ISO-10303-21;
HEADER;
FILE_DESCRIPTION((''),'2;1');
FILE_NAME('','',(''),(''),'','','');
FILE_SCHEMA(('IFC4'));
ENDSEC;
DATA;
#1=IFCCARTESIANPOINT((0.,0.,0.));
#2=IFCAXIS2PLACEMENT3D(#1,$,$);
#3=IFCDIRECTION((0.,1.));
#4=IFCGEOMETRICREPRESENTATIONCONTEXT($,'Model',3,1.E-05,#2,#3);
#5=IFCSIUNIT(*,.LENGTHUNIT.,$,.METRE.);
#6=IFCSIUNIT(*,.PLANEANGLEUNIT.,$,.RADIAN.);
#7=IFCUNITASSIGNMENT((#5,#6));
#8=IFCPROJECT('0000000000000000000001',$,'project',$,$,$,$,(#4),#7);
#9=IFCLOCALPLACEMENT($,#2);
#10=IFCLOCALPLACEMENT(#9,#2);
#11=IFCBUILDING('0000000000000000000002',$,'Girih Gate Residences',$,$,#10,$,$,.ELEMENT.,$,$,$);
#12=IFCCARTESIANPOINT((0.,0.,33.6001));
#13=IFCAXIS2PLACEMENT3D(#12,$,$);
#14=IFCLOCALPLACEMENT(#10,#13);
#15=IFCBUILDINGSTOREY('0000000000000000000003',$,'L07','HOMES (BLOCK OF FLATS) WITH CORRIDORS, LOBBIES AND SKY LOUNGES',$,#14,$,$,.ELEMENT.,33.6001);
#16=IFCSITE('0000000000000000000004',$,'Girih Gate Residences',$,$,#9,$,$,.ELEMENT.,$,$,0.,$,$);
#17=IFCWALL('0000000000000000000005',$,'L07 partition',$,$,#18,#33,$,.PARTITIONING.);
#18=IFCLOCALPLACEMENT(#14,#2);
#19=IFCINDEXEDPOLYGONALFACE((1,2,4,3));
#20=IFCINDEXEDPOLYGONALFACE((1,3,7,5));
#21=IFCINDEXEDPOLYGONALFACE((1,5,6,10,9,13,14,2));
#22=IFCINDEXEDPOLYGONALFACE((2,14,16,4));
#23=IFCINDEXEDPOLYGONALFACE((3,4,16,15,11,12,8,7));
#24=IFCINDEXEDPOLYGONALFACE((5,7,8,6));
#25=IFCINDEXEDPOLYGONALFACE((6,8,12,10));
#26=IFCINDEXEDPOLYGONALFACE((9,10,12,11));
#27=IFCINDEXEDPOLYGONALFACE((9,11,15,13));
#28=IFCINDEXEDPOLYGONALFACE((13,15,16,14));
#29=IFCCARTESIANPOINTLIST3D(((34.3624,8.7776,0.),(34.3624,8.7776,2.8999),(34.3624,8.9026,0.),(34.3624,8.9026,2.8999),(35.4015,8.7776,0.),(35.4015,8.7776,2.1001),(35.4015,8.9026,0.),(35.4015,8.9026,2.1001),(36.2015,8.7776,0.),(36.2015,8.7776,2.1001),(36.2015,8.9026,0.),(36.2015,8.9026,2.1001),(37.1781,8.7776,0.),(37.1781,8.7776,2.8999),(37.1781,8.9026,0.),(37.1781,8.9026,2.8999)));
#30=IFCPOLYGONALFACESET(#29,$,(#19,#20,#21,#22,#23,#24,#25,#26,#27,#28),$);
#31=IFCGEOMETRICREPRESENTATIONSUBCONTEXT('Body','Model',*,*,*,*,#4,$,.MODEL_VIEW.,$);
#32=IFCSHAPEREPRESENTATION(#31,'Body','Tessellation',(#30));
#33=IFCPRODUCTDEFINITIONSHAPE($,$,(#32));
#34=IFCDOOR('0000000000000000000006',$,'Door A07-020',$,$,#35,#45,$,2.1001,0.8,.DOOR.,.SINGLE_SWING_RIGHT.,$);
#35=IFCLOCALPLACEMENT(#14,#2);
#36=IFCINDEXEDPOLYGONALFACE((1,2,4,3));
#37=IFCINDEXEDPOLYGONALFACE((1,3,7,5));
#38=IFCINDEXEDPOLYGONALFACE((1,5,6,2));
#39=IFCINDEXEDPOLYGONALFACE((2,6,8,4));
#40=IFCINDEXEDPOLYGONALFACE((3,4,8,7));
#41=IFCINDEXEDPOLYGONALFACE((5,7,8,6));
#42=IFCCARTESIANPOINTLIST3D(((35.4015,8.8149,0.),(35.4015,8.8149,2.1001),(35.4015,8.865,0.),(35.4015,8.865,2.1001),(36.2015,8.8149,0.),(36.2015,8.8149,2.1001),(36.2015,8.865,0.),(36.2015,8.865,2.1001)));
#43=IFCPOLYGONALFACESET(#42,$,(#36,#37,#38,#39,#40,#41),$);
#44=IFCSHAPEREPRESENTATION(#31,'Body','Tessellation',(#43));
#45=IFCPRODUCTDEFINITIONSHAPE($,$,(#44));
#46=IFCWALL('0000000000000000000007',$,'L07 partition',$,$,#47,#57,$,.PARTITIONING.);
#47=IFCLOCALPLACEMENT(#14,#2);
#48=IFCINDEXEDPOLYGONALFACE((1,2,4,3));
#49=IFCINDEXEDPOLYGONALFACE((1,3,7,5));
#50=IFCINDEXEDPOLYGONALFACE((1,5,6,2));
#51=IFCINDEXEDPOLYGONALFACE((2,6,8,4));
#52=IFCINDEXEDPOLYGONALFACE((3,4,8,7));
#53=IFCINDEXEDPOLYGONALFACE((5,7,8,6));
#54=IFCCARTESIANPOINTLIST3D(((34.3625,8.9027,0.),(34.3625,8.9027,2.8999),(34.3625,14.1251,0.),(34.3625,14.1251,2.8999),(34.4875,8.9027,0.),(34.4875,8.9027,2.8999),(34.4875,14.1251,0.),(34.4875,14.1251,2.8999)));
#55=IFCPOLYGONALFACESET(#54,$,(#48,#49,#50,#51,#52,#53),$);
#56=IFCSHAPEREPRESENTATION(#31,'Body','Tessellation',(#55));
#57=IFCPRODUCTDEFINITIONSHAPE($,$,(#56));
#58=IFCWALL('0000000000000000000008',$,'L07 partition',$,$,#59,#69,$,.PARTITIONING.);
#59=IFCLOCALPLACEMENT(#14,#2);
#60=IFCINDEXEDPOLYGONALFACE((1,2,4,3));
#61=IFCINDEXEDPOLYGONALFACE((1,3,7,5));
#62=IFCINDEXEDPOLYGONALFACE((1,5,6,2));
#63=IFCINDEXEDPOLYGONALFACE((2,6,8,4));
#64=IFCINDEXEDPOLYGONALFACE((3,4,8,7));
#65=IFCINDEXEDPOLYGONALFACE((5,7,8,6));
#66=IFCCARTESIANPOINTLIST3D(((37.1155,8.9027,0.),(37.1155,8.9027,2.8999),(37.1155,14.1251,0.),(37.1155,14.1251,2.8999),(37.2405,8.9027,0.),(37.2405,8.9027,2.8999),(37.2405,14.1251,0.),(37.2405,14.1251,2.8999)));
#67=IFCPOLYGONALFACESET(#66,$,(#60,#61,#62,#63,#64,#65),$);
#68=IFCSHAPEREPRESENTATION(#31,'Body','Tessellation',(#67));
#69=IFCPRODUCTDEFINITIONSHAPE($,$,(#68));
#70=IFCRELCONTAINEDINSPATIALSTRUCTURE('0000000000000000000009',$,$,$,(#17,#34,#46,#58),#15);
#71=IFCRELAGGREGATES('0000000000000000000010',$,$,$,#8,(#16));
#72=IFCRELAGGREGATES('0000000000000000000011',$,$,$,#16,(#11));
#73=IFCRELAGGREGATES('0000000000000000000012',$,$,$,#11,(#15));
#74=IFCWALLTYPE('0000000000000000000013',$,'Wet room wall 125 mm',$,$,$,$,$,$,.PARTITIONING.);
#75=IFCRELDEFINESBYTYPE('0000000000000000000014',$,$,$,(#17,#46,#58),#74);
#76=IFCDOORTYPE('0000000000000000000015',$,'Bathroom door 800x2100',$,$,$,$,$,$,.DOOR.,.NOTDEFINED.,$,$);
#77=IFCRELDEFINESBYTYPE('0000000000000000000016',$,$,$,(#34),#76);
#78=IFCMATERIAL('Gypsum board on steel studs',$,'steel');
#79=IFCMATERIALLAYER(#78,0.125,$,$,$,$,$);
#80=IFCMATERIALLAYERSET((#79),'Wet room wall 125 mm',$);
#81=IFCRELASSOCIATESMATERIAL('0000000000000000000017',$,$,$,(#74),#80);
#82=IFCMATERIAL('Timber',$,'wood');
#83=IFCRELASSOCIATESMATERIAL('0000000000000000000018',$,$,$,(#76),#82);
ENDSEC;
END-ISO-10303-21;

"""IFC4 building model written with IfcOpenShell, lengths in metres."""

from ifc_helpers import new_model, si_unit, direction, frame, frame_2d, origin, place, context, subcontext, project, spatial, rectangle, extrude, material, layer, layer_set, type_object, element, fill, save


model = new_model("IFC4")

# Units and contexts
model_context = context("Model", 3, precision=1e-05, world=origin(), true_north=direction((0.0, 1.0)))
body_context = subcontext(model_context, "Body", "Model", "MODEL_VIEW")
ifc_project = project(units=[si_unit("LENGTHUNIT", "METRE"), si_unit("PLANEANGLEUNIT", "RADIAN")], contexts=[model_context])

# Site, building, storey
site_placement = place(None, origin())
site = spatial("IfcSite", under=ifc_project, at=site_placement, Name="Girih Gate Residences", CompositionType="ELEMENT", RefElevation=0.0)
building_placement = place(site_placement, origin())
building = spatial("IfcBuilding", under=site, at=building_placement, Name="Girih Gate Residences", CompositionType="ELEMENT")
storey_placement = place(building_placement, frame((0.0, 0.0, 33.6001)))
storey = spatial("IfcBuildingStorey", under=building, at=storey_placement, Name="L07", Description="HOMES (BLOCK OF FLATS) WITH CORRIDORS, LOBBIES AND SKY LOUNGES", CompositionType="ELEMENT", Elevation=33.6001)

# Shared definitions
ifc_material_1 = material(Name="Gypsum board on steel studs", Category="steel")

# Shared definitions
ifc_material_2 = material(Name="Timber", Category="wood")

# Wall, opening, door
ifc_layer_1 = layer(ifc_material_1, 0.125)
ifc_layer_set_1 = layer_set([ifc_layer_1], Name="Wet room wall 125 mm")
wall_type_1 = type_object("IfcWallType", Name="Wet room wall 125 mm", PredefinedType="PARTITIONING", material=ifc_layer_set_1)
wall_1_placement = place(storey_placement, frame((34.3625, 8.8401, 0.0), z_axis=(0.0, 0.0, 1.0), x_axis=(1.0, 0.0, 0.0)))
wall_1 = element("IfcWall", 1, at=wall_1_placement, inside=storey, type_object=wall_type_1, Name="L07 partition", PredefinedType="PARTITIONING", context=body_context, shape_type="SweptSolid", body=[
    extrude(rectangle(XDim=2.8157, YDim=0.125, at=frame_2d((1.4077, 0.0))), origin(), (0.0, 0.0, 1.0), 2.8999),
])
opening_1_placement = place(wall_1_placement, frame((1.0391, 0.0, 0.0)))
opening_1 = element("IfcOpeningElement", 2, at=opening_1_placement, cuts=wall_1, PredefinedType="OPENING", context=body_context, shape_type="SweptSolid", body=[
    extrude(rectangle(XDim=0.8, YDim=2.1001, at=frame_2d((0.3999, 1.05))), frame((0.0, 0.0725, 0.0), z_axis=(0.0, -1.0, 0.0), x_axis=(1.0, 0.0, 0.0)), (0.0, 0.0, 1.0), 0.145),
])
door_type_1 = type_object("IfcDoorType", Name="Bathroom door 800x2100", OperationType="NOTDEFINED", PredefinedType="DOOR", material=ifc_material_2)
door_1_placement = place(opening_1_placement, origin())
door_1 = element("IfcDoor", 3, at=door_1_placement, inside=storey, type_object=door_type_1, Name="Door A07-020", OperationType="SINGLE_SWING_RIGHT", OverallHeight=2.1001, OverallWidth=0.8, PredefinedType="DOOR", context=body_context, shape_type="SweptSolid", body=[
    extrude(rectangle(XDim=0.8, YDim=2.1001, at=frame_2d((0.3999, 1.05))), frame((0.0, 0.0249, 0.0), z_axis=(0.0, -1.0, 0.0), x_axis=(1.0, 0.0, 0.0)), (0.0, 0.0, 1.0), 0.05),
])
fill(opening_1, door_1)

# Walls
for number, where, z_axis, x_axis, name in (
    (4, (34.425, 8.9026, 0.0), (0.0, 0.0, 1.0), (0.0, 1.0, 0.0), "L07 partition"),
    (5, (37.178, 8.9026, 0.0), (0.0, 0.0, 1.0), (0.0, 1.0, 0.0), "L07 partition"),
):
    element("IfcWall", number, at=place(storey_placement, frame(where, z_axis=z_axis, x_axis=x_axis)), inside=storey, type_object=wall_type_1, Name=name, PredefinedType="PARTITIONING", context=body_context, shape_type="SweptSolid", body=[
        extrude(rectangle(XDim=5.2224, YDim=0.125, at=frame_2d((2.6113, 0.0))), origin(), (0.0, 0.0, 1.0), 2.8999),
    ])

save(model, "model.ifc")
